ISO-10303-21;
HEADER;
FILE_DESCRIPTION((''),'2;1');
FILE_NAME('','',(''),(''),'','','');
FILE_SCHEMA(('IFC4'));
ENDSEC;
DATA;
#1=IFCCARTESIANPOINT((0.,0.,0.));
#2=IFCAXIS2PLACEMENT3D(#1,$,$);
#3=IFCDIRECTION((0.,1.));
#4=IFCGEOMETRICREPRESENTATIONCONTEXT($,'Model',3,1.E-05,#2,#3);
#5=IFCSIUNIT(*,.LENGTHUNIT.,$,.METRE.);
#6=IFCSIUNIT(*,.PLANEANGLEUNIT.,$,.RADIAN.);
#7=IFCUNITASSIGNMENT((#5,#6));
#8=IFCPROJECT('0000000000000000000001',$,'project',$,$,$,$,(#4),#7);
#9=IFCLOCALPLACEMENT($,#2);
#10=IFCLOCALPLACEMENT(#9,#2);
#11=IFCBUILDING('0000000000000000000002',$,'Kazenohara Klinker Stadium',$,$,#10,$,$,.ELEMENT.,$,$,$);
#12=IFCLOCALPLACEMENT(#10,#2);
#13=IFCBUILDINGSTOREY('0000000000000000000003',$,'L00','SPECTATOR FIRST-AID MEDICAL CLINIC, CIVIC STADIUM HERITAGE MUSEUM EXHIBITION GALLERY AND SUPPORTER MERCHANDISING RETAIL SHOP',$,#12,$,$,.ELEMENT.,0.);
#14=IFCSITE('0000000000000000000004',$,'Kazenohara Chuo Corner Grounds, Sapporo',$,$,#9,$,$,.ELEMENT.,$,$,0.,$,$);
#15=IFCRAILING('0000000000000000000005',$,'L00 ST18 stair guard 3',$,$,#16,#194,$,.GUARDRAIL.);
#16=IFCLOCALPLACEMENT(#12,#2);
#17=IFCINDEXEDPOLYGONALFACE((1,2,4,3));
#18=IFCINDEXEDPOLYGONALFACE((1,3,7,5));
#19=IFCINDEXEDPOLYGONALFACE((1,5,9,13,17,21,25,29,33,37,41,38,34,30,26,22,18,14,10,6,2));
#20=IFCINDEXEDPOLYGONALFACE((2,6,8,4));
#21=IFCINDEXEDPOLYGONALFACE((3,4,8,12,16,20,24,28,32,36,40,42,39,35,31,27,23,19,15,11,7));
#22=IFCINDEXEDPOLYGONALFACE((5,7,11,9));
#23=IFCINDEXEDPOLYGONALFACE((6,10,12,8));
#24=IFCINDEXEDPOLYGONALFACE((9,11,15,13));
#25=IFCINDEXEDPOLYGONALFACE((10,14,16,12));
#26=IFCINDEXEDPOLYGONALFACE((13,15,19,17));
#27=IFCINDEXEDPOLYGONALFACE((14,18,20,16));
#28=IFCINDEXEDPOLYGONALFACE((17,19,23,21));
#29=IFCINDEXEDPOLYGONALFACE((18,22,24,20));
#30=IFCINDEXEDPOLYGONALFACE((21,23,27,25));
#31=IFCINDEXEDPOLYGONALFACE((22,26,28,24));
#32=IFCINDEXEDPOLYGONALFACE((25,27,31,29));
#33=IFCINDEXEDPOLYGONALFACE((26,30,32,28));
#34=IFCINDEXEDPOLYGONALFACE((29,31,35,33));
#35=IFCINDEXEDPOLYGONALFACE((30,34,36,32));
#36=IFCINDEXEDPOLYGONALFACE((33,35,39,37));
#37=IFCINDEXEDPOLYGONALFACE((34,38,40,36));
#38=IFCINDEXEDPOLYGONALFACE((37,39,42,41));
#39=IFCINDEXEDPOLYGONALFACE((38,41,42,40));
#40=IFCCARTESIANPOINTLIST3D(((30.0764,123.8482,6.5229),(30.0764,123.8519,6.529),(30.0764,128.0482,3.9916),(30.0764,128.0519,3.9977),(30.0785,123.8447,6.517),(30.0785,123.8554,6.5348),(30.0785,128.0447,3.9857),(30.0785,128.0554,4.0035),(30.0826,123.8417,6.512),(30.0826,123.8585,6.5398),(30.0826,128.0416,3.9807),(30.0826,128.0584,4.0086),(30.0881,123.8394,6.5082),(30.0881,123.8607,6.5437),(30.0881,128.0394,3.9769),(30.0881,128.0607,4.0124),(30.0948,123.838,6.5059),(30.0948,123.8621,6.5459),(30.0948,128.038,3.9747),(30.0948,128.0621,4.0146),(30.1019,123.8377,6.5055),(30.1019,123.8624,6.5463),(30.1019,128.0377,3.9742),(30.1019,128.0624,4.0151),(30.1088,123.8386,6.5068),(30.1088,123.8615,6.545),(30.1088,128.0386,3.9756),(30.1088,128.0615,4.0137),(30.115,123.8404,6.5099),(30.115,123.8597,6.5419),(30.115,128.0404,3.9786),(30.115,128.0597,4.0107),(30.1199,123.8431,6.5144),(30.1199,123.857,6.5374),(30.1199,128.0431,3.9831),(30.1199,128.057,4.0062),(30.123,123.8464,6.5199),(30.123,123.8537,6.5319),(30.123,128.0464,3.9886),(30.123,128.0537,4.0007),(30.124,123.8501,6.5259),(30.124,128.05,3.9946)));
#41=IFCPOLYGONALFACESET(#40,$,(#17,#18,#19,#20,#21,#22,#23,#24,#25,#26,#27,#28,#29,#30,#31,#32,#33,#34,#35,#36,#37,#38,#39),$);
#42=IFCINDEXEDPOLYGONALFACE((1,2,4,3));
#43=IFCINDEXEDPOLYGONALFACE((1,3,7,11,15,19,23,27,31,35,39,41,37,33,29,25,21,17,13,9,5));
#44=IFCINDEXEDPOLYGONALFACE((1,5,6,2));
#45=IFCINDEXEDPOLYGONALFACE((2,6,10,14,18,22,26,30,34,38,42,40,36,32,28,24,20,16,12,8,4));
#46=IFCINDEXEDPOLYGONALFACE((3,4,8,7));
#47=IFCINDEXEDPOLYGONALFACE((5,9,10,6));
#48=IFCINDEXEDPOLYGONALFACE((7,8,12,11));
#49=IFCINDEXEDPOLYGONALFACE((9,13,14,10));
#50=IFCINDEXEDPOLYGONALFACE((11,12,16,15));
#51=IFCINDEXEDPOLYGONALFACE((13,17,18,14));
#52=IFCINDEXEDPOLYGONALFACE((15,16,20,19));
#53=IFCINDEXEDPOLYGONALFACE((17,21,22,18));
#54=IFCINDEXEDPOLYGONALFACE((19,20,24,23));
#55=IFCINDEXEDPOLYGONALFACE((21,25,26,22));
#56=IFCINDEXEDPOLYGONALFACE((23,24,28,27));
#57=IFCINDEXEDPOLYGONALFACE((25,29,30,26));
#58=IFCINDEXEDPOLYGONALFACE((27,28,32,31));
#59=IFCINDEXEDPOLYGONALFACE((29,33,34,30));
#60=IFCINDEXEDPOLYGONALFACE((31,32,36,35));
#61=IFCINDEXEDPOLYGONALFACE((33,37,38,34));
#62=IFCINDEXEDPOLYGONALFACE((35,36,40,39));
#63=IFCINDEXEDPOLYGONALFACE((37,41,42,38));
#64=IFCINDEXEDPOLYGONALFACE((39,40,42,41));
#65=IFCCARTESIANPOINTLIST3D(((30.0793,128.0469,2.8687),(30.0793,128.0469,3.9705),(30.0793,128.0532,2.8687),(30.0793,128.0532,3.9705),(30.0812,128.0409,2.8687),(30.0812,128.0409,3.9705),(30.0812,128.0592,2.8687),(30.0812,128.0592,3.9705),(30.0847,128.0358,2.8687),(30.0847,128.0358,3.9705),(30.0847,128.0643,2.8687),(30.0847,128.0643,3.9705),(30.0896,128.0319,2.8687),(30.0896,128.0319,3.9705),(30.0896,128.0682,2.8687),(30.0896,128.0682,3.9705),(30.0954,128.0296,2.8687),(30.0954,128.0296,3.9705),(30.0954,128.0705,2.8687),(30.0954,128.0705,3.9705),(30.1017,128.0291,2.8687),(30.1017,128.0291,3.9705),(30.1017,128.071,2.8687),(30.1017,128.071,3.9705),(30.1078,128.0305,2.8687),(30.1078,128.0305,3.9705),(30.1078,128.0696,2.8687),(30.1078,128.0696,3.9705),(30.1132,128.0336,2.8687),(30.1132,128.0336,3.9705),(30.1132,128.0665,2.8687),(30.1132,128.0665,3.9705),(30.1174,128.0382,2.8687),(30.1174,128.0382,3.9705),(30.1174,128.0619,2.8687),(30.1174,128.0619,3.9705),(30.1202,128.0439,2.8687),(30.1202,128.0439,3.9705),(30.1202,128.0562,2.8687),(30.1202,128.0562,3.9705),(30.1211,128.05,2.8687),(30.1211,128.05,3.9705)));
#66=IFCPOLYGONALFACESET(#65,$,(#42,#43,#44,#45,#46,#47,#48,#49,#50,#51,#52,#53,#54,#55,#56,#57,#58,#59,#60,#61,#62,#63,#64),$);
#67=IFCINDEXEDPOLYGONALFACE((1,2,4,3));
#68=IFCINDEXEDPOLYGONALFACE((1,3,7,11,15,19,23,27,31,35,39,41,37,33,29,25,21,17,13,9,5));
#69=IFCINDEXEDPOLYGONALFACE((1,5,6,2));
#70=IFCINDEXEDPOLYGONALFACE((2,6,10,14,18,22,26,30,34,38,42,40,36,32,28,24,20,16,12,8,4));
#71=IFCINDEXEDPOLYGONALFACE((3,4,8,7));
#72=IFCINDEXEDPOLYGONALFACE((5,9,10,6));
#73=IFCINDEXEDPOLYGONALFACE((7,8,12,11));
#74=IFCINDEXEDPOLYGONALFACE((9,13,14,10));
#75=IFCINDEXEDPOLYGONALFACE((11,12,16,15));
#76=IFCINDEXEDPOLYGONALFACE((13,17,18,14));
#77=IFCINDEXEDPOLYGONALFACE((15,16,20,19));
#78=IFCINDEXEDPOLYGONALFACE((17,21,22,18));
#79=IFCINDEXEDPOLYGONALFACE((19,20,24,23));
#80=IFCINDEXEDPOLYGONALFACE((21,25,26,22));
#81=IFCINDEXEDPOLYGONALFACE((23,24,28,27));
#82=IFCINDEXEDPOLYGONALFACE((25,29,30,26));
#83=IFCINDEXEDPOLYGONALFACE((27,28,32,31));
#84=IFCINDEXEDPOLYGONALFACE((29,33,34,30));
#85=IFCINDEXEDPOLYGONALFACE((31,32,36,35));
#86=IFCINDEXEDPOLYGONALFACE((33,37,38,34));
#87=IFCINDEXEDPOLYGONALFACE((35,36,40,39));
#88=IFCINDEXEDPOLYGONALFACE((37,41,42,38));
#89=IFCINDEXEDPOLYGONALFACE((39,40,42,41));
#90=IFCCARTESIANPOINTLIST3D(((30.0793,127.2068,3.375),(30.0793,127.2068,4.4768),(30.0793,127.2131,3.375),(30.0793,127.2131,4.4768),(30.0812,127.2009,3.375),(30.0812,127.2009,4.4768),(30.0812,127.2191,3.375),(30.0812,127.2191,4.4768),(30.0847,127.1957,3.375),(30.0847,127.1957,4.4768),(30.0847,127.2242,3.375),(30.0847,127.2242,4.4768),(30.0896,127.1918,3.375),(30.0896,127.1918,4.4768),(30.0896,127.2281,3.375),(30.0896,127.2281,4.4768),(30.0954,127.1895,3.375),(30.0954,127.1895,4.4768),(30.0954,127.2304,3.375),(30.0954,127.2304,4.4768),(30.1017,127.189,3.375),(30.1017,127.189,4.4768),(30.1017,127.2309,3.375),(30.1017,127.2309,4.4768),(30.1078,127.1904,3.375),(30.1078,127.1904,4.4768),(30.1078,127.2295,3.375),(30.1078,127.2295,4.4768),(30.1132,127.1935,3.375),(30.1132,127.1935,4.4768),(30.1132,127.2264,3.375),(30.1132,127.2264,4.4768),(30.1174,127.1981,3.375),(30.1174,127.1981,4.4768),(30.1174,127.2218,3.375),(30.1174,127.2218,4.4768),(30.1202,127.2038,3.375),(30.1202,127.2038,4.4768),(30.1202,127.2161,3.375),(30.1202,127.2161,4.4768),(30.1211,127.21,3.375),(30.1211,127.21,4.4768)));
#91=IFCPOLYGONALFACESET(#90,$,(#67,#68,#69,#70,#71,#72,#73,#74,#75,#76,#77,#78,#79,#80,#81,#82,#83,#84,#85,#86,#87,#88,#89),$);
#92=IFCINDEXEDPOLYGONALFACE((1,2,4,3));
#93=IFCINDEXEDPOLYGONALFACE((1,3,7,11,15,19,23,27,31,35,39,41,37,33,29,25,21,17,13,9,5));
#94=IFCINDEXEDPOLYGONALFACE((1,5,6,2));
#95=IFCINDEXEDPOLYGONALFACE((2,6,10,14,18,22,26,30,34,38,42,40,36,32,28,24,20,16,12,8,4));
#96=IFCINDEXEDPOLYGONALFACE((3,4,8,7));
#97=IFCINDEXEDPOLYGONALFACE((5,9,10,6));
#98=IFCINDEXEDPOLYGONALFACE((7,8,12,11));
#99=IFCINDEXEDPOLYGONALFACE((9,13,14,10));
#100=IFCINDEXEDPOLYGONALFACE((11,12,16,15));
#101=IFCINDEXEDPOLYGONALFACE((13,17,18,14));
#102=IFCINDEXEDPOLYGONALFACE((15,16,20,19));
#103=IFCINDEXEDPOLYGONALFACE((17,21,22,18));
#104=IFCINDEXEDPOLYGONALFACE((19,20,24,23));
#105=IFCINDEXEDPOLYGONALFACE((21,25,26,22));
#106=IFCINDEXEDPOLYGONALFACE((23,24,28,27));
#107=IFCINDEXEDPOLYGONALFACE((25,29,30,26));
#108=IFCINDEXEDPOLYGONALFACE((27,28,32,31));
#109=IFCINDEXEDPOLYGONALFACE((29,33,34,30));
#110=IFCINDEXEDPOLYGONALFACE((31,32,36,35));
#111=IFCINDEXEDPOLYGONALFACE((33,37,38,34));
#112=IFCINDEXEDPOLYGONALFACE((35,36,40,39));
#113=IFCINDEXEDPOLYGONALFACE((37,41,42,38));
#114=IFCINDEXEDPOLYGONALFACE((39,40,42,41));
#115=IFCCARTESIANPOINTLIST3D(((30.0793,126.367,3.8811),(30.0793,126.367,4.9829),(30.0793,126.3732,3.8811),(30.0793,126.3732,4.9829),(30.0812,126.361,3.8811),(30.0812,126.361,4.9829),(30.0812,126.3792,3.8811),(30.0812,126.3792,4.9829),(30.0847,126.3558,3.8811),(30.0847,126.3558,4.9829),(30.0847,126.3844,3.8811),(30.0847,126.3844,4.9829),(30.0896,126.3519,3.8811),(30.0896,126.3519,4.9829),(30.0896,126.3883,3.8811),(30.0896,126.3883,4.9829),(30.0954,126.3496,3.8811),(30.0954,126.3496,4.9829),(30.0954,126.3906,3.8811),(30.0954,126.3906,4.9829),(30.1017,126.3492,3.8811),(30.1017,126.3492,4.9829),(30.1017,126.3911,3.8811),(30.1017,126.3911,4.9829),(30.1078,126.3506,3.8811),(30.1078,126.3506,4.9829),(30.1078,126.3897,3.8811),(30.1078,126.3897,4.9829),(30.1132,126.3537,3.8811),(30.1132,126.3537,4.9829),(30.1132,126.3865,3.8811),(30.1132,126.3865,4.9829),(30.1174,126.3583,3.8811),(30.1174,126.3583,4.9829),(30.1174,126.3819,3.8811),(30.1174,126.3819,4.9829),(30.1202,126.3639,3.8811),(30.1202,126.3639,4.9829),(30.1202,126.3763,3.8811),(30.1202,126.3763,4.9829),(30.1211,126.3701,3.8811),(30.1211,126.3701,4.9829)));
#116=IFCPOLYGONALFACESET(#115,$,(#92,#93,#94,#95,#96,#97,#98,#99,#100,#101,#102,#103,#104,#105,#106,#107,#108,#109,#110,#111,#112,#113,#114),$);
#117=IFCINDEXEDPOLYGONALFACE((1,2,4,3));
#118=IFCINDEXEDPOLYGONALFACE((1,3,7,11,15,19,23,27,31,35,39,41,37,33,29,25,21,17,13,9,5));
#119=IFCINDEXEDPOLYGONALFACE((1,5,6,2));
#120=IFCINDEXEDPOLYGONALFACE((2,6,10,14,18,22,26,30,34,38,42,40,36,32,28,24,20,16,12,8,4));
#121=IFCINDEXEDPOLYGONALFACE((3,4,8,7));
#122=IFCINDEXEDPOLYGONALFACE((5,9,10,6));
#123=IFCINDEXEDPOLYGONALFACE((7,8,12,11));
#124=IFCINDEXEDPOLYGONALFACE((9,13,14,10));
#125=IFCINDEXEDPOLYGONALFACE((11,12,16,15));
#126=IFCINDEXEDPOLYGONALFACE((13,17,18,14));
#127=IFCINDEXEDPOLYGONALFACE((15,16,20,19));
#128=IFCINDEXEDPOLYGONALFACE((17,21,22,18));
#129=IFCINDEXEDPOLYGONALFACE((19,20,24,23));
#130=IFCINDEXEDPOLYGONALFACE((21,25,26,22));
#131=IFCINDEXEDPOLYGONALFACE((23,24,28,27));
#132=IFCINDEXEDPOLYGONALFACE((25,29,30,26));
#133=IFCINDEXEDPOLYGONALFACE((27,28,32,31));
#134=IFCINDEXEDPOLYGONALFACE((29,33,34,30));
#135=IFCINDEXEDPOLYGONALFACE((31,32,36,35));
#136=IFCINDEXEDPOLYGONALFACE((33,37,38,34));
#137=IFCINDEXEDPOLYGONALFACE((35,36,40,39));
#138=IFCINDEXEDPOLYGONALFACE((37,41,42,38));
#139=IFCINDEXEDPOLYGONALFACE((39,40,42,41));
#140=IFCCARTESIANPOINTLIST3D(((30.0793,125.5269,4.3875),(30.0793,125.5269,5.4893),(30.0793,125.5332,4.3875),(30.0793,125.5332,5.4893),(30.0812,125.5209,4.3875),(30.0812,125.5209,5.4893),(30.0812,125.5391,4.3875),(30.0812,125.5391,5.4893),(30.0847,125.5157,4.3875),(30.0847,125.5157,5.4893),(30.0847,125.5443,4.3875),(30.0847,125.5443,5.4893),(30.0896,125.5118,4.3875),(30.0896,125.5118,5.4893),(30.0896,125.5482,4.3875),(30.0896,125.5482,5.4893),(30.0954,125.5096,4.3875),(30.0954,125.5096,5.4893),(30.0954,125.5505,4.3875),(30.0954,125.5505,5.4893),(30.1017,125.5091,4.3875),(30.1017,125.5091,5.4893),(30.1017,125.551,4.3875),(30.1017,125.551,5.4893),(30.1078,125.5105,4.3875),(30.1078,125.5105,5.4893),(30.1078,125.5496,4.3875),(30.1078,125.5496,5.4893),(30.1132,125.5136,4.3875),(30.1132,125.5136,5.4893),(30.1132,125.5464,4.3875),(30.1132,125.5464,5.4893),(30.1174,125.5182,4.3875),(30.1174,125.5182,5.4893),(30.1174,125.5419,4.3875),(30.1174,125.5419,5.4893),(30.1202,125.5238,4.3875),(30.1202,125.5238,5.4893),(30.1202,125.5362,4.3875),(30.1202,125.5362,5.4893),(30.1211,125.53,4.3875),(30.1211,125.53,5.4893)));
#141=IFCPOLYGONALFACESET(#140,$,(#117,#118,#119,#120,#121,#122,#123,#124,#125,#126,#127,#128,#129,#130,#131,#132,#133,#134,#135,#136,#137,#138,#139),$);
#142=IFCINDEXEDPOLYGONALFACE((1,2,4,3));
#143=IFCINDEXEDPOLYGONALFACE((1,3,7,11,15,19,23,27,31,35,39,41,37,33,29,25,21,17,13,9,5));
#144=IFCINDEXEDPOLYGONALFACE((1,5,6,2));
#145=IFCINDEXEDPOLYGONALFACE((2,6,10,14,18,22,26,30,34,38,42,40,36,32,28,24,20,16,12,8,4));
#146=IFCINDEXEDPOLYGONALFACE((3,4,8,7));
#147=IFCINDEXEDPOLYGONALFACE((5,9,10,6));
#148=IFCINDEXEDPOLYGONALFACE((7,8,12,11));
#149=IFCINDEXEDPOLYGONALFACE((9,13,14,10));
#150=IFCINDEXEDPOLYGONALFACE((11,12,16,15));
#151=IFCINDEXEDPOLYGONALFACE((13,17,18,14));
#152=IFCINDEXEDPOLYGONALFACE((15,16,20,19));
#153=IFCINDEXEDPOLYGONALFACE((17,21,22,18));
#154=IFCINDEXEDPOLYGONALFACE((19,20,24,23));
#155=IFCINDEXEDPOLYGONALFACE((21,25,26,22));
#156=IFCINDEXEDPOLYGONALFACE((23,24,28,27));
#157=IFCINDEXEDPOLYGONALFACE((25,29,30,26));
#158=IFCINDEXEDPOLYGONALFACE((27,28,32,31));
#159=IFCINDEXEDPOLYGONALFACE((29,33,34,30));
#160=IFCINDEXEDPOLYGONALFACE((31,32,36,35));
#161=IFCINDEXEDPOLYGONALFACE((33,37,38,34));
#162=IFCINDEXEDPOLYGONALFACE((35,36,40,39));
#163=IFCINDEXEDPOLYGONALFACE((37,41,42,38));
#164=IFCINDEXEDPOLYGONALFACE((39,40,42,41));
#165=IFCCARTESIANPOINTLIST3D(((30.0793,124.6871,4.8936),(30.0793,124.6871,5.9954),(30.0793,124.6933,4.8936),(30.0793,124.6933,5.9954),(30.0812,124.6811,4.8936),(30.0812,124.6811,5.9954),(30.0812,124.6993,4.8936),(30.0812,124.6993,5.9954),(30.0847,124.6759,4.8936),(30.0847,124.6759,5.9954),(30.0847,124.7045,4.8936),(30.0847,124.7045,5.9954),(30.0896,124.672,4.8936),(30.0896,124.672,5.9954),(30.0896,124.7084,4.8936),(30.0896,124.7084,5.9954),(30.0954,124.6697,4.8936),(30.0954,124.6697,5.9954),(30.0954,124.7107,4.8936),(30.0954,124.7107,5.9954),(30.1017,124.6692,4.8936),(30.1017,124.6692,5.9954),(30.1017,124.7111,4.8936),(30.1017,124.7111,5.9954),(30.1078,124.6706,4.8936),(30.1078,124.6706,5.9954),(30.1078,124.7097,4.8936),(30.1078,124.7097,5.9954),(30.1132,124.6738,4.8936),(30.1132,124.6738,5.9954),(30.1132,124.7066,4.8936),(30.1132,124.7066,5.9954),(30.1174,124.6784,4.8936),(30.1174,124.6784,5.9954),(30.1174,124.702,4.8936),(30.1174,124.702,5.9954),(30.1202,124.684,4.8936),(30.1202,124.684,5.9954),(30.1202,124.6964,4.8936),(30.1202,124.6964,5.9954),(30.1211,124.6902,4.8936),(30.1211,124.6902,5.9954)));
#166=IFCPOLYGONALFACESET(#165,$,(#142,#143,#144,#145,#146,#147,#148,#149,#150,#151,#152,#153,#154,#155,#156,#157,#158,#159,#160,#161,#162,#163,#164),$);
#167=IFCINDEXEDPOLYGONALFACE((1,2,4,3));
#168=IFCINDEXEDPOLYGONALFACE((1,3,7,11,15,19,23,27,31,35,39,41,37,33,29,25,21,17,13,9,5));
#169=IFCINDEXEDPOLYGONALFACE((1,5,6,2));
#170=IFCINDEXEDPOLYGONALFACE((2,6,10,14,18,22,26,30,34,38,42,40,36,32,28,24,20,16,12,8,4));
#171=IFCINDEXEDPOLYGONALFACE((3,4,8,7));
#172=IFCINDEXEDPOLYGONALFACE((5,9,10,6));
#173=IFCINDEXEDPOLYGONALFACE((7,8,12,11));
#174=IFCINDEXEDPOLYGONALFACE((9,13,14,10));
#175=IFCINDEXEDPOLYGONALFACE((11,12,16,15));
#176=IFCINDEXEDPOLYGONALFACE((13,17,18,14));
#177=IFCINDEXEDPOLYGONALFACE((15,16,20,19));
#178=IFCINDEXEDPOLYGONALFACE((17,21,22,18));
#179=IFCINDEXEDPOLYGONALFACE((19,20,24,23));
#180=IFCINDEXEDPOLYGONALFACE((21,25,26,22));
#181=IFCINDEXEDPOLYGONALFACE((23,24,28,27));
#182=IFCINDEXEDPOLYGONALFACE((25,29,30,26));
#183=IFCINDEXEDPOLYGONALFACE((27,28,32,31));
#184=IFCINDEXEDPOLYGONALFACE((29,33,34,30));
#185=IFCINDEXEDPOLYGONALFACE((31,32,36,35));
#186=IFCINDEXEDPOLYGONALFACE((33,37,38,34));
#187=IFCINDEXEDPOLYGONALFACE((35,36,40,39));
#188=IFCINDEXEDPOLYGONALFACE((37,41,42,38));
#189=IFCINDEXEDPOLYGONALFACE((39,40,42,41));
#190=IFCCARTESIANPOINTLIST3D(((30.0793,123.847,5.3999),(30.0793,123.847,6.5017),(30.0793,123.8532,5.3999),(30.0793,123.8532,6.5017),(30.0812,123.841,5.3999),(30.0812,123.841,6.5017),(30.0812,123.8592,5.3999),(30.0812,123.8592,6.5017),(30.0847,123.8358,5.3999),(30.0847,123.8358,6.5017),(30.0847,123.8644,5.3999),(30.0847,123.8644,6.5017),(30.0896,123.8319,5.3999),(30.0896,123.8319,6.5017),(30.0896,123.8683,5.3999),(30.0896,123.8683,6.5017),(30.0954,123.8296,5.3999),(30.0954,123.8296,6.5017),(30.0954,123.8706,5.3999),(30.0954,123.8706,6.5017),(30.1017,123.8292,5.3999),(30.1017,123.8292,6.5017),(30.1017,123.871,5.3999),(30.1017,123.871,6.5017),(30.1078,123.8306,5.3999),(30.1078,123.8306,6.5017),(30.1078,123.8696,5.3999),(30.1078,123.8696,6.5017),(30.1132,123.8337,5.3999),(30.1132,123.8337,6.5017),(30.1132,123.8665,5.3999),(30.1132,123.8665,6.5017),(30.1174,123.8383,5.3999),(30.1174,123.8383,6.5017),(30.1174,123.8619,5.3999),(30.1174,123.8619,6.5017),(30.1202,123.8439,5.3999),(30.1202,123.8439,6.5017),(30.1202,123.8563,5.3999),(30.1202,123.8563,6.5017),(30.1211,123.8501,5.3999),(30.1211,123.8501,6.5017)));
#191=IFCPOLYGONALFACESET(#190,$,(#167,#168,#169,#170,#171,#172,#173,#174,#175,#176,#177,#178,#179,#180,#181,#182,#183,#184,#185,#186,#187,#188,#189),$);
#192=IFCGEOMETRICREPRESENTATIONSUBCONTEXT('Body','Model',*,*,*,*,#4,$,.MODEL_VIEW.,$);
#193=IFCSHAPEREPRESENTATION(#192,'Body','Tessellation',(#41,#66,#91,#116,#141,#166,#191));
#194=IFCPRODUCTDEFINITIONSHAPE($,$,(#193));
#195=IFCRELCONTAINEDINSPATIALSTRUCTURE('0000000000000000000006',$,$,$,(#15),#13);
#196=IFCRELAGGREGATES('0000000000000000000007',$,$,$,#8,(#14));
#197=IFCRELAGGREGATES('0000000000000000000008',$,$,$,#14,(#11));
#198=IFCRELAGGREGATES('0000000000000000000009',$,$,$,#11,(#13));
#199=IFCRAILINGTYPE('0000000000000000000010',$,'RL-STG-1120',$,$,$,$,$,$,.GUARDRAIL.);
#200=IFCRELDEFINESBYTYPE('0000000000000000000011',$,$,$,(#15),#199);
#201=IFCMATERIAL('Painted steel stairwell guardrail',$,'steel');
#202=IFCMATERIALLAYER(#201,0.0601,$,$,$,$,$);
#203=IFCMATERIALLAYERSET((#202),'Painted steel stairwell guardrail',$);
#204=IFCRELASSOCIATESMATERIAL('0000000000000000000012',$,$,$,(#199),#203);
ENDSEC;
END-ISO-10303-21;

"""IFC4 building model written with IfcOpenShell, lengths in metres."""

from ifc_helpers import new_model, si_unit, direction, frame, origin, origin_2d, place, context, subcontext, project, spatial, circle, extrude, material, layer, layer_set, type_object, element, save


model = new_model("IFC4")

# Units and contexts
model_context = context("Model", 3, precision=1e-05, world=origin(), true_north=direction((0.0, 1.0)))
body_context = subcontext(model_context, "Body", "Model", "MODEL_VIEW")
ifc_project = project(units=[si_unit("LENGTHUNIT", "METRE"), si_unit("PLANEANGLEUNIT", "RADIAN")], contexts=[model_context])

# Site, building, storey
site_placement = place(None, origin())
site = spatial("IfcSite", under=ifc_project, at=site_placement, Name="Kazenohara Chuo Corner Grounds, Sapporo", CompositionType="ELEMENT", RefElevation=0.0)
building_placement = place(site_placement, origin())
building = spatial("IfcBuilding", under=site, at=building_placement, Name="Kazenohara Klinker Stadium", CompositionType="ELEMENT")
storey_placement = place(building_placement, origin())
storey = spatial("IfcBuildingStorey", under=building, at=storey_placement, Name="L00", Description="SPECTATOR FIRST-AID MEDICAL CLINIC, CIVIC STADIUM HERITAGE MUSEUM EXHIBITION GALLERY AND SUPPORTER MERCHANDISING RETAIL SHOP", CompositionType="ELEMENT", Elevation=0.0)

# Railing
ifc_material_1 = material(Name="Painted steel stairwell guardrail", Category="steel")
ifc_layer_1 = layer(ifc_material_1, 0.0601)
ifc_layer_set_1 = layer_set([ifc_layer_1], Name="Painted steel stairwell guardrail")
railing_type_1 = type_object("IfcRailingType", Name="RL-STG-1120", PredefinedType="GUARDRAIL", material=ifc_layer_set_1)
railing_1_placement = place(storey_placement, frame((30.1001, 128.05, 2.8687)))
element("IfcRailing", 1, at=railing_1_placement, inside=storey, type_object=railing_type_1, Name="L00 ST18 stair guard 3", PredefinedType="GUARDRAIL", context=body_context, shape_type="SweptSolid", body=[
    extrude(circle(Radius=0.0239, at=origin_2d()), frame((0.0, 0.0, 1.126), z_axis=(0.0, -0.856476, 0.516186), x_axis=(1.0, 0.0, 0.0)), (0.0, 0.0, 1.0), 4.9038),
    extrude(circle(Radius=0.021, at=origin_2d()), origin(), (0.0, 0.0, 1.0), 1.1018),
    extrude(circle(Radius=0.021, at=origin_2d()), frame((0.0, -0.8401, 0.5063)), (0.0, 0.0, 1.0), 1.1018),
    extrude(circle(Radius=0.021, at=origin_2d()), frame((0.0, -1.6799, 1.0125)), (0.0, 0.0, 1.0), 1.1018),
    extrude(circle(Radius=0.021, at=origin_2d()), frame((0.0, -2.52, 1.5188)), (0.0, 0.0, 1.0), 1.1018),
    extrude(circle(Radius=0.021, at=origin_2d()), frame((0.0, -3.3599, 2.0249)), (0.0, 0.0, 1.0), 1.1018),
    extrude(circle(Radius=0.021, at=origin_2d()), frame((0.0, -4.2, 2.5312)), (0.0, 0.0, 1.0), 1.1018),
])

save(model, "model.ifc")
